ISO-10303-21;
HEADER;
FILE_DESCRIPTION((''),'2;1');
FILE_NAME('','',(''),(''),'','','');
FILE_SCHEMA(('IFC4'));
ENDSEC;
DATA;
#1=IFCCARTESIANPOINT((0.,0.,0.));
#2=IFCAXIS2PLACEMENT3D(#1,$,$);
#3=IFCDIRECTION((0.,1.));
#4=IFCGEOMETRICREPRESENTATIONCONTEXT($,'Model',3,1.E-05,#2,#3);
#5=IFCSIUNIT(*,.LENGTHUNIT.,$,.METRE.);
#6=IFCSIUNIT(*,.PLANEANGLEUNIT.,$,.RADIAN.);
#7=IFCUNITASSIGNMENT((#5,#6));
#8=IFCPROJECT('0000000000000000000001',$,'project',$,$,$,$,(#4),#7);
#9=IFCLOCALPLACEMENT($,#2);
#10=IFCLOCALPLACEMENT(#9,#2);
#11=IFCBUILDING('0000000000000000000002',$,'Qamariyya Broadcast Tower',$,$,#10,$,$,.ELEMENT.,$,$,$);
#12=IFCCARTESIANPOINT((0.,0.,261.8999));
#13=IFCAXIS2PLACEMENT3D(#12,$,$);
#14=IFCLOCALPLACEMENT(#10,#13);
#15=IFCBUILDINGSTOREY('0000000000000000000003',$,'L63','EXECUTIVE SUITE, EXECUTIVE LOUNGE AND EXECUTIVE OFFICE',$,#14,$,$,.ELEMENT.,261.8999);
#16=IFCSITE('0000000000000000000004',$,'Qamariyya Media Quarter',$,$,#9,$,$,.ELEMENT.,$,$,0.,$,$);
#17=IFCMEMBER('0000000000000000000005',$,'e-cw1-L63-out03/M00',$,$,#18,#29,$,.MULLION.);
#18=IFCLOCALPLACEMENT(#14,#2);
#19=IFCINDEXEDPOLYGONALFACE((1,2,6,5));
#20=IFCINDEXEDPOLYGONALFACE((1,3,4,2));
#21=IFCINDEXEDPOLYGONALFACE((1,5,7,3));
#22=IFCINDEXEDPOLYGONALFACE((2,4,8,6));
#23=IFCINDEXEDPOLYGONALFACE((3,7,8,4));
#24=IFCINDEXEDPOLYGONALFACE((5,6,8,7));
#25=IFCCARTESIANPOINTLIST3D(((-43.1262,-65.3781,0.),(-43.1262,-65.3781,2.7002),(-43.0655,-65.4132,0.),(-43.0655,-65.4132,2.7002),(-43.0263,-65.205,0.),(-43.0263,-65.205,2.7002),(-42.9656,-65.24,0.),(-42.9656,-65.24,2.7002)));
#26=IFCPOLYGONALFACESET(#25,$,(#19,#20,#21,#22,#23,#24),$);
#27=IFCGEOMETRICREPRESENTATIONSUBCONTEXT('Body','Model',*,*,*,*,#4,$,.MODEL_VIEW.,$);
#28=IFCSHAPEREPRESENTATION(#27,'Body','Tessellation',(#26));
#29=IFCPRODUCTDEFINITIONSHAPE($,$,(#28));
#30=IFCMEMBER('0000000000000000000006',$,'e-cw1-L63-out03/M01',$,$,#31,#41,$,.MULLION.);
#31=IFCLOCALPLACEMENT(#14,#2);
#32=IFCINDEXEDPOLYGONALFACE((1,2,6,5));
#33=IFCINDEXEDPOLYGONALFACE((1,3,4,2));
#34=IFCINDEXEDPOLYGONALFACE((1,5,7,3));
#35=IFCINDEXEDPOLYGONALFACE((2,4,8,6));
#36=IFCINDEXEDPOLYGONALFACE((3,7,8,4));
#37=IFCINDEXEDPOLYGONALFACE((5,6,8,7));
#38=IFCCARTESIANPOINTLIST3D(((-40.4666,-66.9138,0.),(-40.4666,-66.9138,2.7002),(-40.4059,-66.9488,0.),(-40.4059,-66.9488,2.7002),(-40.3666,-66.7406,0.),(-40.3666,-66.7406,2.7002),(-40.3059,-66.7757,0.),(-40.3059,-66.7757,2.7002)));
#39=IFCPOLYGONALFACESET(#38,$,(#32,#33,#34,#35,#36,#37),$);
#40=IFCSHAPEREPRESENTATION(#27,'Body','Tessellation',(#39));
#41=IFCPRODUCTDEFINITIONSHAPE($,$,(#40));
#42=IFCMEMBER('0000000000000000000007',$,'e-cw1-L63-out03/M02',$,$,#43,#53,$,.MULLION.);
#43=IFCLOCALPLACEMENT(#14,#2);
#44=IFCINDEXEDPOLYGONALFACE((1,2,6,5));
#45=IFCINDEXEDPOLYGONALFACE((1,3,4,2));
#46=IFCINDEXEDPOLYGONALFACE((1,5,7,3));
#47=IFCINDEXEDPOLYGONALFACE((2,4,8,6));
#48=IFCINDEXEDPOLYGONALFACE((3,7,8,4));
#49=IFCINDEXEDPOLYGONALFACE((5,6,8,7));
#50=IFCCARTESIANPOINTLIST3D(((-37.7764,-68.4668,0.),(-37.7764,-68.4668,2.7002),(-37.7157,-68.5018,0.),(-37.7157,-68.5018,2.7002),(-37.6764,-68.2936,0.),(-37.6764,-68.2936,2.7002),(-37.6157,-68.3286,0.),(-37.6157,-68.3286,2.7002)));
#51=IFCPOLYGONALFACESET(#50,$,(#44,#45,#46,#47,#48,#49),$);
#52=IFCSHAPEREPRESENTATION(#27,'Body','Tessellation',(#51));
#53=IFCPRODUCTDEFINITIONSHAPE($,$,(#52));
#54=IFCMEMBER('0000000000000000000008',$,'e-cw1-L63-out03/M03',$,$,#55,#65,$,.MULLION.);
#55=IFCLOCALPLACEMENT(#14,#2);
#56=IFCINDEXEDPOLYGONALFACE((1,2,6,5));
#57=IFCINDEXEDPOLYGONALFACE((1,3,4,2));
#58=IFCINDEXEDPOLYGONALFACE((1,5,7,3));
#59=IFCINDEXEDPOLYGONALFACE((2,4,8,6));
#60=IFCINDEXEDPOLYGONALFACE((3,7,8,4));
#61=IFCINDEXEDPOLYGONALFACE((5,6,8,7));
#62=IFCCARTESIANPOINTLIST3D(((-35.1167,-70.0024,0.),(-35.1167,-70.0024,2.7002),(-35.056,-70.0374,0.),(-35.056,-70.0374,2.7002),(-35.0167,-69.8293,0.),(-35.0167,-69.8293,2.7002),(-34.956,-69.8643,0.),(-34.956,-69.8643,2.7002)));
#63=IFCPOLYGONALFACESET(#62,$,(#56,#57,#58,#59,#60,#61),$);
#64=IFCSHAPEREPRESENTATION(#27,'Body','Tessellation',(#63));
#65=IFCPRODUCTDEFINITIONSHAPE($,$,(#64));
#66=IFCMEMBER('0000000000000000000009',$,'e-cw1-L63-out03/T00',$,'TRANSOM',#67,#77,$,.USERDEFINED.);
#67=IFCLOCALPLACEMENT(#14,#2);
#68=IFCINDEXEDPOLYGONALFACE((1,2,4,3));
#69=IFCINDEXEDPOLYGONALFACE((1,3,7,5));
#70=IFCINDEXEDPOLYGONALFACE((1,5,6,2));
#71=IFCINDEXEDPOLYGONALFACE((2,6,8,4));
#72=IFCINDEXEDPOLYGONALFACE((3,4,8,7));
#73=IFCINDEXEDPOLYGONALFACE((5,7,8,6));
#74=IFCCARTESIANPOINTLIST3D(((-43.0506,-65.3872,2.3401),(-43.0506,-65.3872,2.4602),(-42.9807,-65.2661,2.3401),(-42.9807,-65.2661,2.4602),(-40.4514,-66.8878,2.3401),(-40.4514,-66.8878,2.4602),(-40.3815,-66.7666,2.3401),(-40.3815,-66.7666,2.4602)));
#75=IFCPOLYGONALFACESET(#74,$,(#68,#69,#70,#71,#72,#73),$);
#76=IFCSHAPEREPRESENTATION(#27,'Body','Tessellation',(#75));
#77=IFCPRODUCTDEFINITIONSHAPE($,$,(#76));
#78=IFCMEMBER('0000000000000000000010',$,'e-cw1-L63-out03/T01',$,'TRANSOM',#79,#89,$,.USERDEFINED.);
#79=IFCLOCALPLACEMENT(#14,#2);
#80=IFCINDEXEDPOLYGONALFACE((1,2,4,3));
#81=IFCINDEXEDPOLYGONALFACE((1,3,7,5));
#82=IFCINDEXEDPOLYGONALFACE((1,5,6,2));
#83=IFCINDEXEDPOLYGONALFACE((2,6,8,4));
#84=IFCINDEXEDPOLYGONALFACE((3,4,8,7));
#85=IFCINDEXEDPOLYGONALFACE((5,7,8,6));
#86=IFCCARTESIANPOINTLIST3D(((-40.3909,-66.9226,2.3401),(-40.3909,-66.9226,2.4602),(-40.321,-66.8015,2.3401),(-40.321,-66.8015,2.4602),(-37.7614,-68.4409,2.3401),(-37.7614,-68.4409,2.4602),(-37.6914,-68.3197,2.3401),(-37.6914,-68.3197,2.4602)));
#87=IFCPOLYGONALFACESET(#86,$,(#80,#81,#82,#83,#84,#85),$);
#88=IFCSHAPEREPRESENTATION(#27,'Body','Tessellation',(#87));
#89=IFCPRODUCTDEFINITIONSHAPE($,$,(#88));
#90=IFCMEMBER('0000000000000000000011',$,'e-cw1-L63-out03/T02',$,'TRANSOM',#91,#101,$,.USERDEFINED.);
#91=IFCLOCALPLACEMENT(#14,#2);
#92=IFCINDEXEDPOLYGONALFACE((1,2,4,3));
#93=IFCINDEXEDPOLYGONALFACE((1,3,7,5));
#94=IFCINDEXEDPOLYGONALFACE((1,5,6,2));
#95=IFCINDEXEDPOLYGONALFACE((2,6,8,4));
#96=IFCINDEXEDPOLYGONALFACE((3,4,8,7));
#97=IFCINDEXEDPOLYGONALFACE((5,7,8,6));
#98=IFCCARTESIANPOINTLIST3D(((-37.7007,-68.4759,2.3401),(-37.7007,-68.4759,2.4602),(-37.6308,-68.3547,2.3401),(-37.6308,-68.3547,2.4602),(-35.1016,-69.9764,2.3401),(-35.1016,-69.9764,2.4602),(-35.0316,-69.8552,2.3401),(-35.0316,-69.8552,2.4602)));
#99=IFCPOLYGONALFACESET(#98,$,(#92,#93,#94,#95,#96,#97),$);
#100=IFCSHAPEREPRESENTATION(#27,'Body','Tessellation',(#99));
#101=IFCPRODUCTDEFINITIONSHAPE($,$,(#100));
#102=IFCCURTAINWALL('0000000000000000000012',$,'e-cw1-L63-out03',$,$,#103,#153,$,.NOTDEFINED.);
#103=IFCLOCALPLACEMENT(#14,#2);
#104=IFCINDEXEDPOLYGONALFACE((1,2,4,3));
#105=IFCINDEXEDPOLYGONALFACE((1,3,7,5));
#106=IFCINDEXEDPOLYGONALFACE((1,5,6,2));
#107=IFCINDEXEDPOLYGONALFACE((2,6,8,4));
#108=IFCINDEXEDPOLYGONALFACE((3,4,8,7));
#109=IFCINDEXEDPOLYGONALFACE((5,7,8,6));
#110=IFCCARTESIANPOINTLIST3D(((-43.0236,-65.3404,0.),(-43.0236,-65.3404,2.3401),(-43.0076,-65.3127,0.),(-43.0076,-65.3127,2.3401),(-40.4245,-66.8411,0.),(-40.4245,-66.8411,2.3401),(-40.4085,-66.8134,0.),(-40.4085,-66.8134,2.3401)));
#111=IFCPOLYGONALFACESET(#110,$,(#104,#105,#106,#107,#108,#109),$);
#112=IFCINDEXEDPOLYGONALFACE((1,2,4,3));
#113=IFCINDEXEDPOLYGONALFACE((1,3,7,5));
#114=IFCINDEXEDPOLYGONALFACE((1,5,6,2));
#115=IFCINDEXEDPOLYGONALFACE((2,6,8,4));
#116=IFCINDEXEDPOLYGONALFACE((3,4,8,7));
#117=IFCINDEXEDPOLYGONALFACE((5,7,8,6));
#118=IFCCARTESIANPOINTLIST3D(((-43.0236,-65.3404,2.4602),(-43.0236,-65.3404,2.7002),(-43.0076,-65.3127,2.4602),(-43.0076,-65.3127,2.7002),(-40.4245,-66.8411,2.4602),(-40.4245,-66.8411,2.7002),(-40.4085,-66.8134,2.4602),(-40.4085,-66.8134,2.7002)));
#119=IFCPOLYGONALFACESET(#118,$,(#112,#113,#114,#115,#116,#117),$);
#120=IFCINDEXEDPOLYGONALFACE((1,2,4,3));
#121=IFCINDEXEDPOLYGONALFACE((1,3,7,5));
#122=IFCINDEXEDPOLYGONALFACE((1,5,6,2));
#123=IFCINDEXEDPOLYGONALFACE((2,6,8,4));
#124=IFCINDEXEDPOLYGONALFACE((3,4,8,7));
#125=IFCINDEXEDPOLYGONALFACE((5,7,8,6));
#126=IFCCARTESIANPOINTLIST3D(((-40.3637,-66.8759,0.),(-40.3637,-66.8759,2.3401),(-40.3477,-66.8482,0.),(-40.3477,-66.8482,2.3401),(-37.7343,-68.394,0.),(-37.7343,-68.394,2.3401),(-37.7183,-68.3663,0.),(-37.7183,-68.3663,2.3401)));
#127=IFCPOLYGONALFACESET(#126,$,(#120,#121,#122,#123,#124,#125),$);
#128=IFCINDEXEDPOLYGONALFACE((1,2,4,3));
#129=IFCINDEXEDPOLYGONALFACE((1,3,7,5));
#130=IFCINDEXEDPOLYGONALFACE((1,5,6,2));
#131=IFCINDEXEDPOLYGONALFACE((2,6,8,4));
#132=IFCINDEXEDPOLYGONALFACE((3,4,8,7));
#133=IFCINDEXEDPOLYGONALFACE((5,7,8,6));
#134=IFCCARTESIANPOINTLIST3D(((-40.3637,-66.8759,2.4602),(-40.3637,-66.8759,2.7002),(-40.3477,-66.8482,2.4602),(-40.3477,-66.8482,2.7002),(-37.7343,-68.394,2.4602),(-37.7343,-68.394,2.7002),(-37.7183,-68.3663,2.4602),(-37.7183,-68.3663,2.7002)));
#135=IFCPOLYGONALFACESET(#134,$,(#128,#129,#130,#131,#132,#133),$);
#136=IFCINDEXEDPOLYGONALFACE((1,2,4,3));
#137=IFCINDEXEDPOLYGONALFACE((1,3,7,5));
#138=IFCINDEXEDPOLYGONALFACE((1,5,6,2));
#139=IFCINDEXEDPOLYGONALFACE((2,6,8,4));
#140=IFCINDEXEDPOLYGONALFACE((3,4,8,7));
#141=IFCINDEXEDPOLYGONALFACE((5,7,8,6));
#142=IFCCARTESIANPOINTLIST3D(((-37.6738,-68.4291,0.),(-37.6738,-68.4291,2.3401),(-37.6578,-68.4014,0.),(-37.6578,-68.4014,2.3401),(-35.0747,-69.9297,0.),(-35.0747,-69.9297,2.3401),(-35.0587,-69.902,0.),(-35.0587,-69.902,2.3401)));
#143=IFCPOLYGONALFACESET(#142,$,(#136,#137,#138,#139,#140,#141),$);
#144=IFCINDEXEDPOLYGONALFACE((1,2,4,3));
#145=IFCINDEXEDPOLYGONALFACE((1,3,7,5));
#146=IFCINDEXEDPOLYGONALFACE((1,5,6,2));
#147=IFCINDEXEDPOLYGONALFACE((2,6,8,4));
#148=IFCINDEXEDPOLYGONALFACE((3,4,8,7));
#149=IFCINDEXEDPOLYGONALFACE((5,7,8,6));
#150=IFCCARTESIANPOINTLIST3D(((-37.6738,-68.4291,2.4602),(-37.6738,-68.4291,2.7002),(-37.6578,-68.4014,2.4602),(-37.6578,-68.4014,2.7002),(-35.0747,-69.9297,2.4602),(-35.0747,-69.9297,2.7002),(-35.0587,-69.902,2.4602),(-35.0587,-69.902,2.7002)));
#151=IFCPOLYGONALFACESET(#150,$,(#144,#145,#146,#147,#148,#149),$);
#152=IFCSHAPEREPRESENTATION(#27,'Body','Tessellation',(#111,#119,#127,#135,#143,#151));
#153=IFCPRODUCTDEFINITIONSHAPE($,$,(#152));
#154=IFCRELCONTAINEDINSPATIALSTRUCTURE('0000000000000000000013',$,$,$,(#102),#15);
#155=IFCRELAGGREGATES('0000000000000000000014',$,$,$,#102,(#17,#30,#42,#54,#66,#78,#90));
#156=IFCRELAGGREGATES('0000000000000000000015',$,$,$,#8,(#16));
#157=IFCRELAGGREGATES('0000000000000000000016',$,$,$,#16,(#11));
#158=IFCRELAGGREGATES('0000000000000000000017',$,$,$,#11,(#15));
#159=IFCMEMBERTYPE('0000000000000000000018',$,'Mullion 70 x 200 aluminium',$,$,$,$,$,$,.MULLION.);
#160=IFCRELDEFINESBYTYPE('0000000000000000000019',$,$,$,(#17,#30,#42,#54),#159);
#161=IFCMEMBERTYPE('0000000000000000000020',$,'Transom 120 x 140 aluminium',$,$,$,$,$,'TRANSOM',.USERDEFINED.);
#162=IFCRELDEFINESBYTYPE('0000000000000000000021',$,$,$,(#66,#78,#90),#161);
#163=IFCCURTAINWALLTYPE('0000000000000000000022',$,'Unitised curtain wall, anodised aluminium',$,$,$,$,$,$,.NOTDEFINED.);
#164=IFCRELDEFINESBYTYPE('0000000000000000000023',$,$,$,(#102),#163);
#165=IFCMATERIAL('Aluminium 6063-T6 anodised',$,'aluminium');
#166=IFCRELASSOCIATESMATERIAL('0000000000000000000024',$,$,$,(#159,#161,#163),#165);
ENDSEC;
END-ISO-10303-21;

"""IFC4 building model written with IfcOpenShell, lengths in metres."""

from ifc_helpers import new_model, si_unit, direction, frame, origin, origin_2d, place, context, subcontext, project, spatial, rectangle, extrude, material, material_profile, profile_set, type_object, element, aggregate, save


model = new_model("IFC4")

# Units and contexts
model_context = context("Model", 3, precision=1e-05, world=origin(), true_north=direction((0.0, 1.0)))
body_context = subcontext(model_context, "Body", "Model", "MODEL_VIEW")
ifc_project = project(units=[si_unit("LENGTHUNIT", "METRE"), si_unit("PLANEANGLEUNIT", "RADIAN")], contexts=[model_context])

# Members
ifc_material = material(Name="Aluminium 6063-T6 anodised", Category="aluminium")
ifc_material_profile_1 = material_profile(ifc_material, rectangle(XDim=0.2, YDim=0.0701, at=origin_2d()))
ifc_profile_set_1 = profile_set([ifc_material_profile_1], Name="Aluminium 6063-T6 anodised")
member_type_1 = type_object("IfcMemberType", Name="Mullion 70 x 200 aluminium", PredefinedType="MULLION", material=ifc_profile_set_1)
site_placement = place(None, origin())
building_placement = place(site_placement, origin())
storey_placement = place(building_placement, frame((0.0, 0.0, 261.8999)))
member_1_placement = place(storey_placement, frame((-43.0459, -65.3091, 0.0), z_axis=(0.0, 0.0, 1.0), x_axis=(0.5, 0.866025, 0.0)))
member_1 = element("IfcMember", 1, at=member_1_placement, type_object=member_type_1, Name="e-cw1-L63-out03/M00", PredefinedType="MULLION", context=body_context, shape_type="SweptSolid", body=[
    extrude(rectangle(XDim=0.2, YDim=0.0701, at=origin_2d()), origin(), (0.0, 0.0, 1.0), 2.7002),
])
member_2_placement = place(storey_placement, frame((-40.3862, -66.8447, 0.0), z_axis=(0.0, 0.0, 1.0), x_axis=(0.5, 0.866025, 0.0)))
member_2 = element("IfcMember", 2, at=member_2_placement, type_object=member_type_1, Name="e-cw1-L63-out03/M01", PredefinedType="MULLION", context=body_context, shape_type="SweptSolid", body=[
    extrude(rectangle(XDim=0.2, YDim=0.0701, at=origin_2d()), origin(), (0.0, 0.0, 1.0), 2.7002),
])
member_3_placement = place(storey_placement, frame((-37.696, -68.3977, 0.0), z_axis=(0.0, 0.0, 1.0), x_axis=(0.5, 0.866025, 0.0)))
member_3 = element("IfcMember", 3, at=member_3_placement, type_object=member_type_1, Name="e-cw1-L63-out03/M02", PredefinedType="MULLION", context=body_context, shape_type="SweptSolid", body=[
    extrude(rectangle(XDim=0.2, YDim=0.0701, at=origin_2d()), origin(), (0.0, 0.0, 1.0), 2.7002),
])
member_4_placement = place(storey_placement, frame((-35.0364, -69.9333, 0.0), z_axis=(0.0, 0.0, 1.0), x_axis=(0.5, 0.866025, 0.0)))
member_4 = element("IfcMember", 4, at=member_4_placement, type_object=member_type_1, Name="e-cw1-L63-out03/M03", PredefinedType="MULLION", context=body_context, shape_type="SweptSolid", body=[
    extrude(rectangle(XDim=0.2, YDim=0.0701, at=origin_2d()), origin(), (0.0, 0.0, 1.0), 2.7002),
])
ifc_material_profile_2 = material_profile(ifc_material, rectangle(XDim=0.1399, YDim=0.1201, at=origin_2d()))
ifc_profile_set_2 = profile_set([ifc_material_profile_2], Name="Aluminium 6063-T6 anodised")
member_type_2 = type_object("IfcMemberType", Name="Transom 120 x 140 aluminium", ElementType="TRANSOM", PredefinedType="USERDEFINED", material=ifc_profile_set_2)
member_5_placement = place(storey_placement, frame((-43.0156, -65.3267, 2.4001), z_axis=(0.866042, -0.499971, 0.0), x_axis=(0.499971, 0.866042, 0.0)))
member_5 = element("IfcMember", 5, at=member_5_placement, type_object=member_type_2, Name="e-cw1-L63-out03/T00", ObjectType="TRANSOM", PredefinedType="USERDEFINED", context=body_context, shape_type="SweptSolid", body=[
    extrude(rectangle(XDim=0.1399, YDim=0.1201, at=origin_2d()), origin(), (0.0, 0.0, 1.0), 3.0012),
])
member_6_placement = place(storey_placement, frame((-40.356, -66.8621, 2.4001), z_axis=(0.866013, -0.500022, 0.0), x_axis=(0.500022, 0.866013, 0.0)))
member_6 = element("IfcMember", 6, at=member_6_placement, type_object=member_type_2, Name="e-cw1-L63-out03/T01", ObjectType="TRANSOM", PredefinedType="USERDEFINED", context=body_context, shape_type="SweptSolid", body=[
    extrude(rectangle(XDim=0.1399, YDim=0.1201, at=origin_2d()), origin(), (0.0, 0.0, 1.0), 3.0364),
])
member_7_placement = place(storey_placement, frame((-37.6658, -68.4153, 2.4001), z_axis=(0.866042, -0.499971, 0.0), x_axis=(0.499971, 0.866042, 0.0)))
member_7 = element("IfcMember", 7, at=member_7_placement, type_object=member_type_2, Name="e-cw1-L63-out03/T02", ObjectType="TRANSOM", PredefinedType="USERDEFINED", context=body_context, shape_type="SweptSolid", body=[
    extrude(rectangle(XDim=0.1399, YDim=0.1201, at=origin_2d()), origin(), (0.0, 0.0, 1.0), 3.0012),
])

# Site, building, storey
site = spatial("IfcSite", under=ifc_project, at=site_placement, Name="Qamariyya Media Quarter", CompositionType="ELEMENT", RefElevation=0.0)
building = spatial("IfcBuilding", under=site, at=building_placement, Name="Qamariyya Broadcast Tower", CompositionType="ELEMENT")
storey = spatial("IfcBuildingStorey", under=building, at=storey_placement, Name="L63", Description="EXECUTIVE SUITE, EXECUTIVE LOUNGE AND EXECUTIVE OFFICE", CompositionType="ELEMENT", Elevation=261.8999)

# Curtain wall
curtain_wall_type = type_object("IfcCurtainWallType", Name="Unitised curtain wall, anodised aluminium", PredefinedType="NOTDEFINED", material=ifc_material)
curtain_wall_1_placement = place(storey_placement, origin())
curtain_wall_1 = element("IfcCurtainWall", 8, at=curtain_wall_1_placement, inside=storey, type_object=curtain_wall_type, Name="e-cw1-L63-out03", PredefinedType="NOTDEFINED", context=body_context, shape_type="SweptSolid", body=[
    extrude(rectangle(XDim=3.0012, YDim=0.032, at=origin_2d()), frame((-41.7161, -66.0769, 0.0), x_axis=(0.866018, -0.500013, 0.0)), (0.0, 0.0, 1.0), 2.3401),
    extrude(rectangle(XDim=3.0012, YDim=0.032, at=origin_2d()), frame((-41.7161, -66.0769, 2.4602), x_axis=(0.866018, -0.500013, 0.0)), (0.0, 0.0, 1.0), 0.24),
    extrude(rectangle(XDim=3.0361, YDim=0.032, at=origin_2d()), frame((-39.041, -67.6211, 0.0), x_axis=(0.866018, -0.500013, 0.0)), (0.0, 0.0, 1.0), 2.3401),
    extrude(rectangle(XDim=3.0361, YDim=0.032, at=origin_2d()), frame((-39.041, -67.6211, 2.4602), x_axis=(0.866018, -0.500013, 0.0)), (0.0, 0.0, 1.0), 0.24),
    extrude(rectangle(XDim=3.0012, YDim=0.032, at=origin_2d()), frame((-36.3662, -69.1655, 0.0), x_axis=(0.866018, -0.500013, 0.0)), (0.0, 0.0, 1.0), 2.3401),
    extrude(rectangle(XDim=3.0012, YDim=0.032, at=origin_2d()), frame((-36.3662, -69.1655, 2.4602), x_axis=(0.866018, -0.500013, 0.0)), (0.0, 0.0, 1.0), 0.24),
])
aggregate(curtain_wall_1, [member_1, member_2, member_3, member_4, member_5, member_6, member_7])

save(model, "model.ifc")
